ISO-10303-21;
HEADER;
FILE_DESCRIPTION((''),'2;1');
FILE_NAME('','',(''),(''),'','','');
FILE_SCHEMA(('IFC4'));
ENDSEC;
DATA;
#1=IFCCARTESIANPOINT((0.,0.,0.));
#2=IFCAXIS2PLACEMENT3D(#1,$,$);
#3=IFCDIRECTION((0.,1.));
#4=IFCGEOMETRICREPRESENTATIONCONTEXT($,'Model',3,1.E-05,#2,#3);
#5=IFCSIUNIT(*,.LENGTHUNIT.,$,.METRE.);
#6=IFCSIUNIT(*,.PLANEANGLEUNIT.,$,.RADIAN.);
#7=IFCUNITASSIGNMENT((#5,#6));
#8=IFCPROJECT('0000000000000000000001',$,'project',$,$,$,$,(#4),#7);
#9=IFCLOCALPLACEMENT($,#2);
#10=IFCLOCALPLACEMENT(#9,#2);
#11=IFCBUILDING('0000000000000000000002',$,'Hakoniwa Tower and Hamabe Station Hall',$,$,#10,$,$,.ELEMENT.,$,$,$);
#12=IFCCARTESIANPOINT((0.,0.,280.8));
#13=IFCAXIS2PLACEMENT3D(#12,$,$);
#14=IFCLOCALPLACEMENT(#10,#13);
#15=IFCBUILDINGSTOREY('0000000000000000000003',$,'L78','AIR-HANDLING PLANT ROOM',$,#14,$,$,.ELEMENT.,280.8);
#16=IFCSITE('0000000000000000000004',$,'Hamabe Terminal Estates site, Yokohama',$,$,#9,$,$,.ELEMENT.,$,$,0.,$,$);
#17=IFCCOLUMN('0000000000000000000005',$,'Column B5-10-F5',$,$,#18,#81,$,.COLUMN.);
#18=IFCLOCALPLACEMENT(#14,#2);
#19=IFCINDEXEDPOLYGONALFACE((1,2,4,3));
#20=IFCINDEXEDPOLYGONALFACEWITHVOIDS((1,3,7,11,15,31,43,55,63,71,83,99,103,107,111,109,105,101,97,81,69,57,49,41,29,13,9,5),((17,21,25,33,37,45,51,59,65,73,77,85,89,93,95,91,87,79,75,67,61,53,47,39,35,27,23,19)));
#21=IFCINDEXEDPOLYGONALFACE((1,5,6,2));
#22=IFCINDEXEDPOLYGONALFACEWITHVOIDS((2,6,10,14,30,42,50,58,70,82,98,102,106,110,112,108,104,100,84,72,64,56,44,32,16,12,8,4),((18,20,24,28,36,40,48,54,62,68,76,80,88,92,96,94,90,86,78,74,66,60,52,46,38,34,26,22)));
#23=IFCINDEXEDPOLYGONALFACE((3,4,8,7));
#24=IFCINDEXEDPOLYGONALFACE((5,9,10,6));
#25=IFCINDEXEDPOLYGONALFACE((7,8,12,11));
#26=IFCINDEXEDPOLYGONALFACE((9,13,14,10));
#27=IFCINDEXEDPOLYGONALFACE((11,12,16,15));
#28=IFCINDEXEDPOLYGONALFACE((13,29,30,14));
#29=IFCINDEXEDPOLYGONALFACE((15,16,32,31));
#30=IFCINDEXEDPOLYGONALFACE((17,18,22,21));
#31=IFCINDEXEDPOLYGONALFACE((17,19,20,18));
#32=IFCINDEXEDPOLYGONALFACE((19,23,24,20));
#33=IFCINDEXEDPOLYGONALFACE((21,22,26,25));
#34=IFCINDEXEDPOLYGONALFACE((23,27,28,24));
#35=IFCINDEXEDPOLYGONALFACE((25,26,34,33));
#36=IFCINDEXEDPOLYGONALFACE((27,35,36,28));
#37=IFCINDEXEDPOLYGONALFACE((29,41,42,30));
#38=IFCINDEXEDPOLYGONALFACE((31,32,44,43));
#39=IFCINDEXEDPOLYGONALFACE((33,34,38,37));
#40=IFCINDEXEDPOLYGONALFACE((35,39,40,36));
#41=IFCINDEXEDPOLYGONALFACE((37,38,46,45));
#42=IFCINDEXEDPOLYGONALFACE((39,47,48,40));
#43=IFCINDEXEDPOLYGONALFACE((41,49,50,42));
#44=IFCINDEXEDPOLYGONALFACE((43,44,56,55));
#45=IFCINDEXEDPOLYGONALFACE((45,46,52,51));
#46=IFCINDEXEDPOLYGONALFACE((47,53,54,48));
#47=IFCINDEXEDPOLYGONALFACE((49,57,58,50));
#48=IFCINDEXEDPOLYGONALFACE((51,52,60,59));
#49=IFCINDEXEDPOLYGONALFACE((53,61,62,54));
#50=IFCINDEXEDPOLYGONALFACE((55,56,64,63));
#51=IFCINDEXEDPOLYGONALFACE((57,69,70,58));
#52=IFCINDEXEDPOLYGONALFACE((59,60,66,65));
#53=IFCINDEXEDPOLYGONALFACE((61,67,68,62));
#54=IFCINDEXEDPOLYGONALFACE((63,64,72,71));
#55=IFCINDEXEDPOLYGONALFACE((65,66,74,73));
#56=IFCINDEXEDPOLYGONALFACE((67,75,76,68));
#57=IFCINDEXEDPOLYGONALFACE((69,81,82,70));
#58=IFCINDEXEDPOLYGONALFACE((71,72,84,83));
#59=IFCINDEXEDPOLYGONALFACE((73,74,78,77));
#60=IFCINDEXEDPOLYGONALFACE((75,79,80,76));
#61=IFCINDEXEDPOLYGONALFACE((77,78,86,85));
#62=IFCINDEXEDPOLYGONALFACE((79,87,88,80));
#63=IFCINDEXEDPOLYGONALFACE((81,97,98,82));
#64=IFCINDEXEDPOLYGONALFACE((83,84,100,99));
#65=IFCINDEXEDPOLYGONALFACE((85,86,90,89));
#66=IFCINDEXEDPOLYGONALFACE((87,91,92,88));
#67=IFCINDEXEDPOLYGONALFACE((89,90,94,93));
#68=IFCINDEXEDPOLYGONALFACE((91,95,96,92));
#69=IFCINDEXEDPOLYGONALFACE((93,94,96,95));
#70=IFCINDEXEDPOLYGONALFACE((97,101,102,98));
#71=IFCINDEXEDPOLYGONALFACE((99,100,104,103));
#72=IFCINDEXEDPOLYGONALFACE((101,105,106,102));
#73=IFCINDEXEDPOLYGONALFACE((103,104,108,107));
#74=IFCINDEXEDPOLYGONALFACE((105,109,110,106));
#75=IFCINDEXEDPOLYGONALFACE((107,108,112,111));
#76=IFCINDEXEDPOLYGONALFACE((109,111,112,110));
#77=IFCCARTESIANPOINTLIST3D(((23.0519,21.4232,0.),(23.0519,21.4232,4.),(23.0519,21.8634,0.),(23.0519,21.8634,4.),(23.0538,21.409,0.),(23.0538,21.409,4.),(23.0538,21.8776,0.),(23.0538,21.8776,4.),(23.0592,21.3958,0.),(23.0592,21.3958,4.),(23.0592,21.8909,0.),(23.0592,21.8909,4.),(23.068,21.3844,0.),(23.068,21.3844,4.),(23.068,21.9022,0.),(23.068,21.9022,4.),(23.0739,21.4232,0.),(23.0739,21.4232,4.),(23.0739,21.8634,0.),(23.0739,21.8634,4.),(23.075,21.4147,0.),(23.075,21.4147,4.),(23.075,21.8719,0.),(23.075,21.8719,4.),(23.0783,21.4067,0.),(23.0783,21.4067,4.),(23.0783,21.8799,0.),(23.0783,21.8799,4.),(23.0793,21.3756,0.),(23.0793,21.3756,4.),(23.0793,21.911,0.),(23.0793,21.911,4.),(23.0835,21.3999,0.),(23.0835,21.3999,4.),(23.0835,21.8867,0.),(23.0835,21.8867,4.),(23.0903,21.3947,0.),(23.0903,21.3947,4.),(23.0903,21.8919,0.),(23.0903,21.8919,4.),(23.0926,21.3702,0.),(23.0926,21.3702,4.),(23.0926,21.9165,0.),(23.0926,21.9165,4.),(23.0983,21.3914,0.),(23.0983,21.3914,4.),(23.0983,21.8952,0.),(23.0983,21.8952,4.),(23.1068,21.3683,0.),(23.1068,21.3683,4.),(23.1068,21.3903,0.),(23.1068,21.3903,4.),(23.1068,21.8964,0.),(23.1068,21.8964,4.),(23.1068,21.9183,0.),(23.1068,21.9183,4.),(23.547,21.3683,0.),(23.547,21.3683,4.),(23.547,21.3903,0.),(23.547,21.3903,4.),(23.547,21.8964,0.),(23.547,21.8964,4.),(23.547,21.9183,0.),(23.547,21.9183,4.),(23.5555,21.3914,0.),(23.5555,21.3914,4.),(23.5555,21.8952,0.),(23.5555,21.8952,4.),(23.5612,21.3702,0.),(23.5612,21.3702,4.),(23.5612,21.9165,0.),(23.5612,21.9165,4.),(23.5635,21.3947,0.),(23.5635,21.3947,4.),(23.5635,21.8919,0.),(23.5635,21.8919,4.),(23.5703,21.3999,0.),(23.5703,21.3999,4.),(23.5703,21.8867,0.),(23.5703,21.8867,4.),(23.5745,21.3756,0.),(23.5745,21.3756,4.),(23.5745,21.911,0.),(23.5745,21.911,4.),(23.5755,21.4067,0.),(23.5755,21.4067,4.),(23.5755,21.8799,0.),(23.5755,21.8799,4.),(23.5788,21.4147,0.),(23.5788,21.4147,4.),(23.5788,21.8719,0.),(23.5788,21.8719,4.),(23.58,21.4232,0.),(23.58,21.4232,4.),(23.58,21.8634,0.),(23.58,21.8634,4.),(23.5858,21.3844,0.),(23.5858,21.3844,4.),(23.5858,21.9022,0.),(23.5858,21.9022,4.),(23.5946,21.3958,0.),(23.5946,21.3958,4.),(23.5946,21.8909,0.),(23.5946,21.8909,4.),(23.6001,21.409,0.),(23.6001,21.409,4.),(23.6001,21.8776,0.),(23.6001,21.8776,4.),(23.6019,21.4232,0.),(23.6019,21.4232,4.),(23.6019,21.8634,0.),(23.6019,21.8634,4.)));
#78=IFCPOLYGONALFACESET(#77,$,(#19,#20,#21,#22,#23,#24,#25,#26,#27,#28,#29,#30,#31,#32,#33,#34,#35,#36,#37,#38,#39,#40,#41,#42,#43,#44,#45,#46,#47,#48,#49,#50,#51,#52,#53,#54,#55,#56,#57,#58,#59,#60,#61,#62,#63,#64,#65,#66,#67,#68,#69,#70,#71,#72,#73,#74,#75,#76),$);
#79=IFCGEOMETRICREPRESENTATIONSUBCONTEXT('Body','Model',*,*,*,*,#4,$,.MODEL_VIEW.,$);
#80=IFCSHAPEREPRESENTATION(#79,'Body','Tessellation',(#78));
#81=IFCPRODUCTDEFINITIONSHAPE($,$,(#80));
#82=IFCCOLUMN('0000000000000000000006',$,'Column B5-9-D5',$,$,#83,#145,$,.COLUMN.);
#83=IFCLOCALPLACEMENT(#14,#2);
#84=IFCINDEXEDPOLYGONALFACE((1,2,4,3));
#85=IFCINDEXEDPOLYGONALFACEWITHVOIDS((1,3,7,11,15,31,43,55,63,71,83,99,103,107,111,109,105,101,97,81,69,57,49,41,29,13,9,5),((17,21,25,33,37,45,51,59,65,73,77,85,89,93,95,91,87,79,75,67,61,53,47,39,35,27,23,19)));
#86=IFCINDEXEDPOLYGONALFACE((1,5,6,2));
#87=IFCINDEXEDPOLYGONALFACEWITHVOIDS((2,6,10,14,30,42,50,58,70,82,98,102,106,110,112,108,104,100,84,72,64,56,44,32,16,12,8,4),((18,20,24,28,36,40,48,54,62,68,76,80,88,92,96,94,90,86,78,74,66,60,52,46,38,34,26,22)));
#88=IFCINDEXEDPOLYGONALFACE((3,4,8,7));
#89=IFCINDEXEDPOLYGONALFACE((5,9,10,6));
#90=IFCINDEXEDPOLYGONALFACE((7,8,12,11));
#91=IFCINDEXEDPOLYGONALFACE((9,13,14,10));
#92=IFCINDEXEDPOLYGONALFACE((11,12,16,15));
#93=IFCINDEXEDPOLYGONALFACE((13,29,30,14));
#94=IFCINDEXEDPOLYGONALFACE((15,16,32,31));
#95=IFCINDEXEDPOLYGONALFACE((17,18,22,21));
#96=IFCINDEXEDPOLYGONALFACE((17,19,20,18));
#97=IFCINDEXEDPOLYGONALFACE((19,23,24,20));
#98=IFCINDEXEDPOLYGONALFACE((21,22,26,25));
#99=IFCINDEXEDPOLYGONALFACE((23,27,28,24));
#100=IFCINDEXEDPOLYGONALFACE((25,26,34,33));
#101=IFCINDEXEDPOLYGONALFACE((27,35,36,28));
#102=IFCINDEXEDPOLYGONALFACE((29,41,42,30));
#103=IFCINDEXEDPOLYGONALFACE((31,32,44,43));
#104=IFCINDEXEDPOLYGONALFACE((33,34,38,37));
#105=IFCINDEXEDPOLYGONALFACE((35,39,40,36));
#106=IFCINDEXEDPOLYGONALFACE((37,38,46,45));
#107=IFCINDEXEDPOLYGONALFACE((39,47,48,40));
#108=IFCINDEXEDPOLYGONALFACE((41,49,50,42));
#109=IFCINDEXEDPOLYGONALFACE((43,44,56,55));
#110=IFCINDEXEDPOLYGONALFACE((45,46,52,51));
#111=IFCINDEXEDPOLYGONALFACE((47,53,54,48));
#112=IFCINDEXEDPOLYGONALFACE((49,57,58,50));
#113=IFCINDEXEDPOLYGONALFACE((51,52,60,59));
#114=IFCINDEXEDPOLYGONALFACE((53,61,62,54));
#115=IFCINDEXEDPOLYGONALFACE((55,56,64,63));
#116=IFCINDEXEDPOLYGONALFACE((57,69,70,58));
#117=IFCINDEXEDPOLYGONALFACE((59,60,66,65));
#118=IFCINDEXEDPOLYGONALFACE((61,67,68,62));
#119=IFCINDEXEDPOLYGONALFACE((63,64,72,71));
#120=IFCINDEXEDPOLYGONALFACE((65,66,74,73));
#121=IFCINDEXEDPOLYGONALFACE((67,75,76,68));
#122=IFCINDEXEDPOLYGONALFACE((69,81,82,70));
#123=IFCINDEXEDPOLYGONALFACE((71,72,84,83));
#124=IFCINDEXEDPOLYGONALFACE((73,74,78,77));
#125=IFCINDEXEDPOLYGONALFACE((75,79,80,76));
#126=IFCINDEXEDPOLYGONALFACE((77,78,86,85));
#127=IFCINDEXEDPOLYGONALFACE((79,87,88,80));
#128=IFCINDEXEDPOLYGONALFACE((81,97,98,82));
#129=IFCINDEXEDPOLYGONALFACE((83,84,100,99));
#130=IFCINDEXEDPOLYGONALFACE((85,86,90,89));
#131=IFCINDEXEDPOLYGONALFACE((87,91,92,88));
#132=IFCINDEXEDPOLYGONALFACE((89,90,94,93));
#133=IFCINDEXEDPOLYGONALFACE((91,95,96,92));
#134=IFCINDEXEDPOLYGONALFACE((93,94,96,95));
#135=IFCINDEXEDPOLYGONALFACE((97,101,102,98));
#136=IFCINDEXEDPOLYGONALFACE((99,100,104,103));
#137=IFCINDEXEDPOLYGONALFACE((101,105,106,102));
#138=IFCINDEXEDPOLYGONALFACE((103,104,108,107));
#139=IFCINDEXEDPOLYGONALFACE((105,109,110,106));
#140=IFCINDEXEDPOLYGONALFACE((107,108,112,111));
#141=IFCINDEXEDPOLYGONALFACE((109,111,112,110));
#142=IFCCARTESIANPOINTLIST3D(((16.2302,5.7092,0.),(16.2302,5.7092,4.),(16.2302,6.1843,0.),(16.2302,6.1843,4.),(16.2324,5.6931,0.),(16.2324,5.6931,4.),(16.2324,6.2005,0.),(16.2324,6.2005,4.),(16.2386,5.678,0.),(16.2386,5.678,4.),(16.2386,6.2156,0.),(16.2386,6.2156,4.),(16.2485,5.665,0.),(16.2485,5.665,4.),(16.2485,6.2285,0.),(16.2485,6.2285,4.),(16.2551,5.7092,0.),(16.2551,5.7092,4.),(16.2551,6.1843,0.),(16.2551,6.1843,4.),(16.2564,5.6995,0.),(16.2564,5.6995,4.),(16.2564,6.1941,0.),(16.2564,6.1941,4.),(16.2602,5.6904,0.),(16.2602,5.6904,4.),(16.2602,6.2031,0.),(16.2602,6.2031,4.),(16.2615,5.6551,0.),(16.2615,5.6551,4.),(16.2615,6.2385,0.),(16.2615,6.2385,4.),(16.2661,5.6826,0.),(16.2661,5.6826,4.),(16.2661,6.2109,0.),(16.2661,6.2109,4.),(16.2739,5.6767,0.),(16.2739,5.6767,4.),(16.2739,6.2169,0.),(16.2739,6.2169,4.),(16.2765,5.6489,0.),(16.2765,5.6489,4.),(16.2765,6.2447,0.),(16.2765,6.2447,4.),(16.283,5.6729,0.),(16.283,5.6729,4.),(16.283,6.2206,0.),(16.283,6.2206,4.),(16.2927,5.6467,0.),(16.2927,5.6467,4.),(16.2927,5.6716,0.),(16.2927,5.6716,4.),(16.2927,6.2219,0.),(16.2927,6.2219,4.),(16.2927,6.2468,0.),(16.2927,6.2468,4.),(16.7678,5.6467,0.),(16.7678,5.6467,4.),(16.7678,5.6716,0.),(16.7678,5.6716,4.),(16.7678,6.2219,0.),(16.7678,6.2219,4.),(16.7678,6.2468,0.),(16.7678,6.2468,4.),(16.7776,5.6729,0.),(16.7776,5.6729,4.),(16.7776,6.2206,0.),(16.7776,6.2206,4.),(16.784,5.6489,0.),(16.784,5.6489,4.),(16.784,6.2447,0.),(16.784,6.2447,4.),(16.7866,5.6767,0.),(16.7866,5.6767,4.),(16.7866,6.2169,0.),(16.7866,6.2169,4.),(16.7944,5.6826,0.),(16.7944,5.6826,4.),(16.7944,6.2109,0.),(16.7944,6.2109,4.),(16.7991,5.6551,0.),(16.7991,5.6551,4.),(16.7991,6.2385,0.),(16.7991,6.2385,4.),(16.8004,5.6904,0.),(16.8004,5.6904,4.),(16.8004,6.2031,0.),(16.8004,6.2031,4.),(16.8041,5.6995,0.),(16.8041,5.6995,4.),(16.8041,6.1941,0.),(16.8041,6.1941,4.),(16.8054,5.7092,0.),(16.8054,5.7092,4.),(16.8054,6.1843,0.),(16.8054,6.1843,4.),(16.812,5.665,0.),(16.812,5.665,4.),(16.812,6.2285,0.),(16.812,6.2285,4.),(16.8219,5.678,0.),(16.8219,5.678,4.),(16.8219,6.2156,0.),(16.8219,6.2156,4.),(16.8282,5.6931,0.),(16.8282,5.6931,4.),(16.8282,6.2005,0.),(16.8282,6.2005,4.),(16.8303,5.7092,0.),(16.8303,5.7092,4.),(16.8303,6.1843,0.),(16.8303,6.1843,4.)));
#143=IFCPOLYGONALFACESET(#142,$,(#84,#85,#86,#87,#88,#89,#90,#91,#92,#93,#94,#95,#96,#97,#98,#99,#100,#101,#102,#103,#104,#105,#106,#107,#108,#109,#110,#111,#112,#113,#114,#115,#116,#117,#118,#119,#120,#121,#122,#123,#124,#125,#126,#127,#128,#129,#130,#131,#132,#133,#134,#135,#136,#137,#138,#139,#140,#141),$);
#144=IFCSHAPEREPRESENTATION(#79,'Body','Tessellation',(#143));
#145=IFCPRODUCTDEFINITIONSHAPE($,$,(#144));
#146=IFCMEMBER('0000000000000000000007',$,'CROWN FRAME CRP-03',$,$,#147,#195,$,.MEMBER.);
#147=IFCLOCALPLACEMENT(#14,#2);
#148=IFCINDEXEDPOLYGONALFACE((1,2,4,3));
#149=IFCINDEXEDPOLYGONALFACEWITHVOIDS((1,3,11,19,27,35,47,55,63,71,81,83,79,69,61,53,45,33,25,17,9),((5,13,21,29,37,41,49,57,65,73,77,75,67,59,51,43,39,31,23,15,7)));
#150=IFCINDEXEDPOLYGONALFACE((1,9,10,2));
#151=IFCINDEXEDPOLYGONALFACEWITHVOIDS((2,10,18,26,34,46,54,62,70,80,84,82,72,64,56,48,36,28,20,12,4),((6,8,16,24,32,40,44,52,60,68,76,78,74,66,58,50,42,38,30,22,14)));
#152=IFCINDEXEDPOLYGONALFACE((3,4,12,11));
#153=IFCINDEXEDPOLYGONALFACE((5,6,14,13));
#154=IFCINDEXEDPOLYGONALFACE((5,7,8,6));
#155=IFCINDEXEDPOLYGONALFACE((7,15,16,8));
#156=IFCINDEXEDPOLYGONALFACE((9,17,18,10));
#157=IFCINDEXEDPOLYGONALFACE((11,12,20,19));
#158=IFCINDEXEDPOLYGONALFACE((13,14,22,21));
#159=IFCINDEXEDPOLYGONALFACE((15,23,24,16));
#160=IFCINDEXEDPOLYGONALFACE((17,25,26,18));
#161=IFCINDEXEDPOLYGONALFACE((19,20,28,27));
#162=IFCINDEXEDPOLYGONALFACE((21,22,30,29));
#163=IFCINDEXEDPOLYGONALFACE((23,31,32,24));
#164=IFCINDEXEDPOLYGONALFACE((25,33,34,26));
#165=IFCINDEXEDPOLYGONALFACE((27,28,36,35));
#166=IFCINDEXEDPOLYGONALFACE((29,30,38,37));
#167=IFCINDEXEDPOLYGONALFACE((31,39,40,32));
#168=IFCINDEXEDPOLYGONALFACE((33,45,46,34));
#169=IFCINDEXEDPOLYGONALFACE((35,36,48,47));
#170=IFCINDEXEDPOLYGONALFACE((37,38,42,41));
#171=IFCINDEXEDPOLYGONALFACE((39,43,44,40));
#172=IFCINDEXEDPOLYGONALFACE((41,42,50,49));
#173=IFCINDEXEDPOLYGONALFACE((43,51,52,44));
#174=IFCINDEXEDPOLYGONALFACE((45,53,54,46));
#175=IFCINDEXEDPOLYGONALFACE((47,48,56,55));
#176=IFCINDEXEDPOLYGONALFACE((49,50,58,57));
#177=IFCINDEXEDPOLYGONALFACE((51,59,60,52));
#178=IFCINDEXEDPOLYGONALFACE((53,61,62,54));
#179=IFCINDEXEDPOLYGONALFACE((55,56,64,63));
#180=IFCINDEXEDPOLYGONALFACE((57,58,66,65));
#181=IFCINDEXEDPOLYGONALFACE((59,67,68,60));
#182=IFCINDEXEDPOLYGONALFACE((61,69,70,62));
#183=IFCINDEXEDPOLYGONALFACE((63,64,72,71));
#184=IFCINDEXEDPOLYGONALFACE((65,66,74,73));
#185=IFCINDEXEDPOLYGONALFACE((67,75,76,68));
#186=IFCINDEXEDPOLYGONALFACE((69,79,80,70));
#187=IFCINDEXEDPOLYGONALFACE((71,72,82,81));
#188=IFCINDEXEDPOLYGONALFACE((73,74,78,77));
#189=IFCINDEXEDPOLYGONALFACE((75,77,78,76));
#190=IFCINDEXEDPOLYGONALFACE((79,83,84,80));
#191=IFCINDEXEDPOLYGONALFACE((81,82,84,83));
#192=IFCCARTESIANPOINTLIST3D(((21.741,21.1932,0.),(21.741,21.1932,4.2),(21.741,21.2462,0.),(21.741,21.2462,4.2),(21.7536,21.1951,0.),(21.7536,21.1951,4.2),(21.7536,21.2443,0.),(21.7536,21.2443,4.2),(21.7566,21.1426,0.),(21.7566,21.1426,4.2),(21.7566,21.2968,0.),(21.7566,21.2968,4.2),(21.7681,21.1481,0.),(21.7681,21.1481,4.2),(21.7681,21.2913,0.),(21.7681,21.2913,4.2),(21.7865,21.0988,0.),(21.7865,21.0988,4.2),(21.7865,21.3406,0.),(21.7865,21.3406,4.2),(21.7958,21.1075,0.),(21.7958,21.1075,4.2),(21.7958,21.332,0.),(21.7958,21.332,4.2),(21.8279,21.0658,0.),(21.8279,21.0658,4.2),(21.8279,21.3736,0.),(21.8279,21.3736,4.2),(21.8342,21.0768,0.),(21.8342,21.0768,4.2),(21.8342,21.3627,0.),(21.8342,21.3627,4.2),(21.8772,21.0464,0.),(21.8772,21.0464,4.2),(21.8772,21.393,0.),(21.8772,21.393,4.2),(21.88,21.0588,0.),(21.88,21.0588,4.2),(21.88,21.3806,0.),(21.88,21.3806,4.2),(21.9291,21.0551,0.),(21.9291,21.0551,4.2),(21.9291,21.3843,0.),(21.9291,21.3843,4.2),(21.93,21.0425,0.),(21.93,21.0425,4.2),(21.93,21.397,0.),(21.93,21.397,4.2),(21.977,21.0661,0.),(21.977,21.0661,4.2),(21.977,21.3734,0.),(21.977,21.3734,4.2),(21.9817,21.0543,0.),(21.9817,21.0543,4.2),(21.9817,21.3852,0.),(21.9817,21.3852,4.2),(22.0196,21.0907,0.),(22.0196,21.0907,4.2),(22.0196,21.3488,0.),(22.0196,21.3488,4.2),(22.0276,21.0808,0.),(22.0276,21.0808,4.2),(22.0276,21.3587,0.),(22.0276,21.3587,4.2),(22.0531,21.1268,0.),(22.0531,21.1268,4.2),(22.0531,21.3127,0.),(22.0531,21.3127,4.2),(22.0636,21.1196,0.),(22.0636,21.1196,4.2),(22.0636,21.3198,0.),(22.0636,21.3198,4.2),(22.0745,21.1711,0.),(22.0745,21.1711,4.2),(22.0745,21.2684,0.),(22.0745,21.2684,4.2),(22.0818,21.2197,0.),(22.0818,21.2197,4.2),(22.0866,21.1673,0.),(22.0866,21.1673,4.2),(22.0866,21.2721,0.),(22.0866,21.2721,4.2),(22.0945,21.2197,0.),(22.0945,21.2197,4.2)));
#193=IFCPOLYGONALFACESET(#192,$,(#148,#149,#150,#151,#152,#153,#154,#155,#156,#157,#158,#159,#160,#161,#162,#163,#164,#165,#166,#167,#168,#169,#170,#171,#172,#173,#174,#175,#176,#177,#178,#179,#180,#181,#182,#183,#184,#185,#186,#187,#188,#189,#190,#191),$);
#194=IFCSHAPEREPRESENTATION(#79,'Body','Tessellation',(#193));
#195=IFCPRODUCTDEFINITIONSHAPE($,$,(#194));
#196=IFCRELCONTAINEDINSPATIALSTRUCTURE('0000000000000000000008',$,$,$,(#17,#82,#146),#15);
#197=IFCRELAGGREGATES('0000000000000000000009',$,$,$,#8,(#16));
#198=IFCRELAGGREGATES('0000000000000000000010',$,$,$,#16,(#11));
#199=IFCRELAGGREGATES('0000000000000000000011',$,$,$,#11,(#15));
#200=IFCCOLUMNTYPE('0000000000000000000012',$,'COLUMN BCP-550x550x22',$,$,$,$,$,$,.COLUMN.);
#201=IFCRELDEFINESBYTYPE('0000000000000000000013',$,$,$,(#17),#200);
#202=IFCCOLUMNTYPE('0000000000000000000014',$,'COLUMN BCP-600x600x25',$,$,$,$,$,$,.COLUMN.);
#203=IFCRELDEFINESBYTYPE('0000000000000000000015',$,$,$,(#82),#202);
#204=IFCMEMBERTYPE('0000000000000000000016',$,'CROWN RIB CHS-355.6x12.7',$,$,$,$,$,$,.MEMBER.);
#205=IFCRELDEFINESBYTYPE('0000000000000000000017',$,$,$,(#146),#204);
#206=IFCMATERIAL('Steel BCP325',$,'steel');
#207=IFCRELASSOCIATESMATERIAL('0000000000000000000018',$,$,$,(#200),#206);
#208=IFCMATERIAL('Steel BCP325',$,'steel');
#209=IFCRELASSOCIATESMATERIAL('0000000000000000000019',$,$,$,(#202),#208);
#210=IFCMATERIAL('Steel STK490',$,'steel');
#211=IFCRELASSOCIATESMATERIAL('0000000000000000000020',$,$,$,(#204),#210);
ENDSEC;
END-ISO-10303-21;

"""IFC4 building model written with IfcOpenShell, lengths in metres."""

from ifc_helpers import new_model, si_unit, direction, frame, origin, origin_2d, place, context, subcontext, project, spatial, hollow_rectangle, hollow_circle, extrude, material, material_profile, profile_set, type_object, element, save


model = new_model("IFC4")

# Units and contexts
model_context = context("Model", 3, precision=1e-05, world=origin(), true_north=direction((0.0, 1.0)))
body_context = subcontext(model_context, "Body", "Model", "MODEL_VIEW")
ifc_project = project(units=[si_unit("LENGTHUNIT", "METRE"), si_unit("PLANEANGLEUNIT", "RADIAN")], contexts=[model_context])

# Site, building, storey
site_placement = place(None, origin())
site = spatial("IfcSite", under=ifc_project, at=site_placement, Name="Hamabe Terminal Estates site, Yokohama", CompositionType="ELEMENT", RefElevation=0.0)
building_placement = place(site_placement, origin())
building = spatial("IfcBuilding", under=site, at=building_placement, Name="Hakoniwa Tower and Hamabe Station Hall", CompositionType="ELEMENT")
storey_placement = place(building_placement, frame((0.0, 0.0, 280.8)))
storey = spatial("IfcBuildingStorey", under=building, at=storey_placement, Name="L78", Description="AIR-HANDLING PLANT ROOM", CompositionType="ELEMENT", Elevation=280.8)

# Columns
ifc_material_1 = material(Name="Steel BCP325", Category="steel")
ifc_material_profile_1 = material_profile(ifc_material_1, hollow_rectangle(XDim=0.55, YDim=0.55, WallThickness=0.022, InnerFilletRadius=0.033, OuterFilletRadius=0.0549, at=origin_2d()), Name="BCP-550x550x22")
ifc_profile_set_1 = profile_set([ifc_material_profile_1], Name="Steel BCP325")
column_type_1 = type_object("IfcColumnType", Name="COLUMN BCP-550x550x22", PredefinedType="COLUMN", material=ifc_profile_set_1)
column_1_placement = place(storey_placement, frame((23.3269, 21.6433, 0.0), z_axis=(0.0, 0.0, 1.0), x_axis=(1.0, 0.0, 0.0)))
element("IfcColumn", 1, at=column_1_placement, inside=storey, type_object=column_type_1, Name="Column B5-10-F5", PredefinedType="COLUMN", context=body_context, shape_type="SweptSolid", body=[
    extrude(hollow_rectangle(XDim=0.55, YDim=0.55, WallThickness=0.022, InnerFilletRadius=0.033, OuterFilletRadius=0.0549, at=origin_2d()), origin(), (0.0, 0.0, 1.0), 4.0),
])
ifc_material_2 = material(Name="Steel BCP325", Category="steel")
ifc_material_profile_2 = material_profile(ifc_material_2, hollow_rectangle(XDim=0.6001, YDim=0.6001, WallThickness=0.0249, InnerFilletRadius=0.0376, OuterFilletRadius=0.0625, at=origin_2d()), Name="BCP-600x600x25")
ifc_profile_set_2 = profile_set([ifc_material_profile_2], Name="Steel BCP325")
column_type_2 = type_object("IfcColumnType", Name="COLUMN BCP-600x600x25", PredefinedType="COLUMN", material=ifc_profile_set_2)
column_2_placement = place(storey_placement, frame((16.5303, 5.9468, 0.0), z_axis=(0.0, 0.0, 1.0), x_axis=(1.0, 0.0, 0.0)))
element("IfcColumn", 2, at=column_2_placement, inside=storey, type_object=column_type_2, Name="Column B5-9-D5", PredefinedType="COLUMN", context=body_context, shape_type="SweptSolid", body=[
    extrude(hollow_rectangle(XDim=0.6001, YDim=0.6001, WallThickness=0.0249, InnerFilletRadius=0.0376, OuterFilletRadius=0.0625, at=origin_2d()), origin(), (0.0, 0.0, 1.0), 4.0),
])

# Member
ifc_material_3 = material(Name="Steel STK490", Category="steel")
ifc_material_profile_3 = material_profile(ifc_material_3, hollow_circle(Radius=0.1777, WallThickness=0.0127, at=origin_2d()), Name="CHS-355.6x12.7")
ifc_profile_set_3 = profile_set([ifc_material_profile_3], Name="Steel STK490")
member_type = type_object("IfcMemberType", Name="CROWN RIB CHS-355.6x12.7", PredefinedType="MEMBER", material=ifc_profile_set_3)
member_placement = place(storey_placement, frame((21.9167, 21.2197, 0.0), z_axis=(0.0, 0.0, 1.0), x_axis=(1.0, 0.0, 0.0)))
element("IfcMember", 3, at=member_placement, inside=storey, type_object=member_type, Name="CROWN FRAME CRP-03", PredefinedType="MEMBER", context=body_context, shape_type="SweptSolid", body=[
    extrude(hollow_circle(Radius=0.1777, WallThickness=0.0127, at=origin_2d()), origin(), (0.0, 0.0, 1.0), 4.2),
])

save(model, "model.ifc")
